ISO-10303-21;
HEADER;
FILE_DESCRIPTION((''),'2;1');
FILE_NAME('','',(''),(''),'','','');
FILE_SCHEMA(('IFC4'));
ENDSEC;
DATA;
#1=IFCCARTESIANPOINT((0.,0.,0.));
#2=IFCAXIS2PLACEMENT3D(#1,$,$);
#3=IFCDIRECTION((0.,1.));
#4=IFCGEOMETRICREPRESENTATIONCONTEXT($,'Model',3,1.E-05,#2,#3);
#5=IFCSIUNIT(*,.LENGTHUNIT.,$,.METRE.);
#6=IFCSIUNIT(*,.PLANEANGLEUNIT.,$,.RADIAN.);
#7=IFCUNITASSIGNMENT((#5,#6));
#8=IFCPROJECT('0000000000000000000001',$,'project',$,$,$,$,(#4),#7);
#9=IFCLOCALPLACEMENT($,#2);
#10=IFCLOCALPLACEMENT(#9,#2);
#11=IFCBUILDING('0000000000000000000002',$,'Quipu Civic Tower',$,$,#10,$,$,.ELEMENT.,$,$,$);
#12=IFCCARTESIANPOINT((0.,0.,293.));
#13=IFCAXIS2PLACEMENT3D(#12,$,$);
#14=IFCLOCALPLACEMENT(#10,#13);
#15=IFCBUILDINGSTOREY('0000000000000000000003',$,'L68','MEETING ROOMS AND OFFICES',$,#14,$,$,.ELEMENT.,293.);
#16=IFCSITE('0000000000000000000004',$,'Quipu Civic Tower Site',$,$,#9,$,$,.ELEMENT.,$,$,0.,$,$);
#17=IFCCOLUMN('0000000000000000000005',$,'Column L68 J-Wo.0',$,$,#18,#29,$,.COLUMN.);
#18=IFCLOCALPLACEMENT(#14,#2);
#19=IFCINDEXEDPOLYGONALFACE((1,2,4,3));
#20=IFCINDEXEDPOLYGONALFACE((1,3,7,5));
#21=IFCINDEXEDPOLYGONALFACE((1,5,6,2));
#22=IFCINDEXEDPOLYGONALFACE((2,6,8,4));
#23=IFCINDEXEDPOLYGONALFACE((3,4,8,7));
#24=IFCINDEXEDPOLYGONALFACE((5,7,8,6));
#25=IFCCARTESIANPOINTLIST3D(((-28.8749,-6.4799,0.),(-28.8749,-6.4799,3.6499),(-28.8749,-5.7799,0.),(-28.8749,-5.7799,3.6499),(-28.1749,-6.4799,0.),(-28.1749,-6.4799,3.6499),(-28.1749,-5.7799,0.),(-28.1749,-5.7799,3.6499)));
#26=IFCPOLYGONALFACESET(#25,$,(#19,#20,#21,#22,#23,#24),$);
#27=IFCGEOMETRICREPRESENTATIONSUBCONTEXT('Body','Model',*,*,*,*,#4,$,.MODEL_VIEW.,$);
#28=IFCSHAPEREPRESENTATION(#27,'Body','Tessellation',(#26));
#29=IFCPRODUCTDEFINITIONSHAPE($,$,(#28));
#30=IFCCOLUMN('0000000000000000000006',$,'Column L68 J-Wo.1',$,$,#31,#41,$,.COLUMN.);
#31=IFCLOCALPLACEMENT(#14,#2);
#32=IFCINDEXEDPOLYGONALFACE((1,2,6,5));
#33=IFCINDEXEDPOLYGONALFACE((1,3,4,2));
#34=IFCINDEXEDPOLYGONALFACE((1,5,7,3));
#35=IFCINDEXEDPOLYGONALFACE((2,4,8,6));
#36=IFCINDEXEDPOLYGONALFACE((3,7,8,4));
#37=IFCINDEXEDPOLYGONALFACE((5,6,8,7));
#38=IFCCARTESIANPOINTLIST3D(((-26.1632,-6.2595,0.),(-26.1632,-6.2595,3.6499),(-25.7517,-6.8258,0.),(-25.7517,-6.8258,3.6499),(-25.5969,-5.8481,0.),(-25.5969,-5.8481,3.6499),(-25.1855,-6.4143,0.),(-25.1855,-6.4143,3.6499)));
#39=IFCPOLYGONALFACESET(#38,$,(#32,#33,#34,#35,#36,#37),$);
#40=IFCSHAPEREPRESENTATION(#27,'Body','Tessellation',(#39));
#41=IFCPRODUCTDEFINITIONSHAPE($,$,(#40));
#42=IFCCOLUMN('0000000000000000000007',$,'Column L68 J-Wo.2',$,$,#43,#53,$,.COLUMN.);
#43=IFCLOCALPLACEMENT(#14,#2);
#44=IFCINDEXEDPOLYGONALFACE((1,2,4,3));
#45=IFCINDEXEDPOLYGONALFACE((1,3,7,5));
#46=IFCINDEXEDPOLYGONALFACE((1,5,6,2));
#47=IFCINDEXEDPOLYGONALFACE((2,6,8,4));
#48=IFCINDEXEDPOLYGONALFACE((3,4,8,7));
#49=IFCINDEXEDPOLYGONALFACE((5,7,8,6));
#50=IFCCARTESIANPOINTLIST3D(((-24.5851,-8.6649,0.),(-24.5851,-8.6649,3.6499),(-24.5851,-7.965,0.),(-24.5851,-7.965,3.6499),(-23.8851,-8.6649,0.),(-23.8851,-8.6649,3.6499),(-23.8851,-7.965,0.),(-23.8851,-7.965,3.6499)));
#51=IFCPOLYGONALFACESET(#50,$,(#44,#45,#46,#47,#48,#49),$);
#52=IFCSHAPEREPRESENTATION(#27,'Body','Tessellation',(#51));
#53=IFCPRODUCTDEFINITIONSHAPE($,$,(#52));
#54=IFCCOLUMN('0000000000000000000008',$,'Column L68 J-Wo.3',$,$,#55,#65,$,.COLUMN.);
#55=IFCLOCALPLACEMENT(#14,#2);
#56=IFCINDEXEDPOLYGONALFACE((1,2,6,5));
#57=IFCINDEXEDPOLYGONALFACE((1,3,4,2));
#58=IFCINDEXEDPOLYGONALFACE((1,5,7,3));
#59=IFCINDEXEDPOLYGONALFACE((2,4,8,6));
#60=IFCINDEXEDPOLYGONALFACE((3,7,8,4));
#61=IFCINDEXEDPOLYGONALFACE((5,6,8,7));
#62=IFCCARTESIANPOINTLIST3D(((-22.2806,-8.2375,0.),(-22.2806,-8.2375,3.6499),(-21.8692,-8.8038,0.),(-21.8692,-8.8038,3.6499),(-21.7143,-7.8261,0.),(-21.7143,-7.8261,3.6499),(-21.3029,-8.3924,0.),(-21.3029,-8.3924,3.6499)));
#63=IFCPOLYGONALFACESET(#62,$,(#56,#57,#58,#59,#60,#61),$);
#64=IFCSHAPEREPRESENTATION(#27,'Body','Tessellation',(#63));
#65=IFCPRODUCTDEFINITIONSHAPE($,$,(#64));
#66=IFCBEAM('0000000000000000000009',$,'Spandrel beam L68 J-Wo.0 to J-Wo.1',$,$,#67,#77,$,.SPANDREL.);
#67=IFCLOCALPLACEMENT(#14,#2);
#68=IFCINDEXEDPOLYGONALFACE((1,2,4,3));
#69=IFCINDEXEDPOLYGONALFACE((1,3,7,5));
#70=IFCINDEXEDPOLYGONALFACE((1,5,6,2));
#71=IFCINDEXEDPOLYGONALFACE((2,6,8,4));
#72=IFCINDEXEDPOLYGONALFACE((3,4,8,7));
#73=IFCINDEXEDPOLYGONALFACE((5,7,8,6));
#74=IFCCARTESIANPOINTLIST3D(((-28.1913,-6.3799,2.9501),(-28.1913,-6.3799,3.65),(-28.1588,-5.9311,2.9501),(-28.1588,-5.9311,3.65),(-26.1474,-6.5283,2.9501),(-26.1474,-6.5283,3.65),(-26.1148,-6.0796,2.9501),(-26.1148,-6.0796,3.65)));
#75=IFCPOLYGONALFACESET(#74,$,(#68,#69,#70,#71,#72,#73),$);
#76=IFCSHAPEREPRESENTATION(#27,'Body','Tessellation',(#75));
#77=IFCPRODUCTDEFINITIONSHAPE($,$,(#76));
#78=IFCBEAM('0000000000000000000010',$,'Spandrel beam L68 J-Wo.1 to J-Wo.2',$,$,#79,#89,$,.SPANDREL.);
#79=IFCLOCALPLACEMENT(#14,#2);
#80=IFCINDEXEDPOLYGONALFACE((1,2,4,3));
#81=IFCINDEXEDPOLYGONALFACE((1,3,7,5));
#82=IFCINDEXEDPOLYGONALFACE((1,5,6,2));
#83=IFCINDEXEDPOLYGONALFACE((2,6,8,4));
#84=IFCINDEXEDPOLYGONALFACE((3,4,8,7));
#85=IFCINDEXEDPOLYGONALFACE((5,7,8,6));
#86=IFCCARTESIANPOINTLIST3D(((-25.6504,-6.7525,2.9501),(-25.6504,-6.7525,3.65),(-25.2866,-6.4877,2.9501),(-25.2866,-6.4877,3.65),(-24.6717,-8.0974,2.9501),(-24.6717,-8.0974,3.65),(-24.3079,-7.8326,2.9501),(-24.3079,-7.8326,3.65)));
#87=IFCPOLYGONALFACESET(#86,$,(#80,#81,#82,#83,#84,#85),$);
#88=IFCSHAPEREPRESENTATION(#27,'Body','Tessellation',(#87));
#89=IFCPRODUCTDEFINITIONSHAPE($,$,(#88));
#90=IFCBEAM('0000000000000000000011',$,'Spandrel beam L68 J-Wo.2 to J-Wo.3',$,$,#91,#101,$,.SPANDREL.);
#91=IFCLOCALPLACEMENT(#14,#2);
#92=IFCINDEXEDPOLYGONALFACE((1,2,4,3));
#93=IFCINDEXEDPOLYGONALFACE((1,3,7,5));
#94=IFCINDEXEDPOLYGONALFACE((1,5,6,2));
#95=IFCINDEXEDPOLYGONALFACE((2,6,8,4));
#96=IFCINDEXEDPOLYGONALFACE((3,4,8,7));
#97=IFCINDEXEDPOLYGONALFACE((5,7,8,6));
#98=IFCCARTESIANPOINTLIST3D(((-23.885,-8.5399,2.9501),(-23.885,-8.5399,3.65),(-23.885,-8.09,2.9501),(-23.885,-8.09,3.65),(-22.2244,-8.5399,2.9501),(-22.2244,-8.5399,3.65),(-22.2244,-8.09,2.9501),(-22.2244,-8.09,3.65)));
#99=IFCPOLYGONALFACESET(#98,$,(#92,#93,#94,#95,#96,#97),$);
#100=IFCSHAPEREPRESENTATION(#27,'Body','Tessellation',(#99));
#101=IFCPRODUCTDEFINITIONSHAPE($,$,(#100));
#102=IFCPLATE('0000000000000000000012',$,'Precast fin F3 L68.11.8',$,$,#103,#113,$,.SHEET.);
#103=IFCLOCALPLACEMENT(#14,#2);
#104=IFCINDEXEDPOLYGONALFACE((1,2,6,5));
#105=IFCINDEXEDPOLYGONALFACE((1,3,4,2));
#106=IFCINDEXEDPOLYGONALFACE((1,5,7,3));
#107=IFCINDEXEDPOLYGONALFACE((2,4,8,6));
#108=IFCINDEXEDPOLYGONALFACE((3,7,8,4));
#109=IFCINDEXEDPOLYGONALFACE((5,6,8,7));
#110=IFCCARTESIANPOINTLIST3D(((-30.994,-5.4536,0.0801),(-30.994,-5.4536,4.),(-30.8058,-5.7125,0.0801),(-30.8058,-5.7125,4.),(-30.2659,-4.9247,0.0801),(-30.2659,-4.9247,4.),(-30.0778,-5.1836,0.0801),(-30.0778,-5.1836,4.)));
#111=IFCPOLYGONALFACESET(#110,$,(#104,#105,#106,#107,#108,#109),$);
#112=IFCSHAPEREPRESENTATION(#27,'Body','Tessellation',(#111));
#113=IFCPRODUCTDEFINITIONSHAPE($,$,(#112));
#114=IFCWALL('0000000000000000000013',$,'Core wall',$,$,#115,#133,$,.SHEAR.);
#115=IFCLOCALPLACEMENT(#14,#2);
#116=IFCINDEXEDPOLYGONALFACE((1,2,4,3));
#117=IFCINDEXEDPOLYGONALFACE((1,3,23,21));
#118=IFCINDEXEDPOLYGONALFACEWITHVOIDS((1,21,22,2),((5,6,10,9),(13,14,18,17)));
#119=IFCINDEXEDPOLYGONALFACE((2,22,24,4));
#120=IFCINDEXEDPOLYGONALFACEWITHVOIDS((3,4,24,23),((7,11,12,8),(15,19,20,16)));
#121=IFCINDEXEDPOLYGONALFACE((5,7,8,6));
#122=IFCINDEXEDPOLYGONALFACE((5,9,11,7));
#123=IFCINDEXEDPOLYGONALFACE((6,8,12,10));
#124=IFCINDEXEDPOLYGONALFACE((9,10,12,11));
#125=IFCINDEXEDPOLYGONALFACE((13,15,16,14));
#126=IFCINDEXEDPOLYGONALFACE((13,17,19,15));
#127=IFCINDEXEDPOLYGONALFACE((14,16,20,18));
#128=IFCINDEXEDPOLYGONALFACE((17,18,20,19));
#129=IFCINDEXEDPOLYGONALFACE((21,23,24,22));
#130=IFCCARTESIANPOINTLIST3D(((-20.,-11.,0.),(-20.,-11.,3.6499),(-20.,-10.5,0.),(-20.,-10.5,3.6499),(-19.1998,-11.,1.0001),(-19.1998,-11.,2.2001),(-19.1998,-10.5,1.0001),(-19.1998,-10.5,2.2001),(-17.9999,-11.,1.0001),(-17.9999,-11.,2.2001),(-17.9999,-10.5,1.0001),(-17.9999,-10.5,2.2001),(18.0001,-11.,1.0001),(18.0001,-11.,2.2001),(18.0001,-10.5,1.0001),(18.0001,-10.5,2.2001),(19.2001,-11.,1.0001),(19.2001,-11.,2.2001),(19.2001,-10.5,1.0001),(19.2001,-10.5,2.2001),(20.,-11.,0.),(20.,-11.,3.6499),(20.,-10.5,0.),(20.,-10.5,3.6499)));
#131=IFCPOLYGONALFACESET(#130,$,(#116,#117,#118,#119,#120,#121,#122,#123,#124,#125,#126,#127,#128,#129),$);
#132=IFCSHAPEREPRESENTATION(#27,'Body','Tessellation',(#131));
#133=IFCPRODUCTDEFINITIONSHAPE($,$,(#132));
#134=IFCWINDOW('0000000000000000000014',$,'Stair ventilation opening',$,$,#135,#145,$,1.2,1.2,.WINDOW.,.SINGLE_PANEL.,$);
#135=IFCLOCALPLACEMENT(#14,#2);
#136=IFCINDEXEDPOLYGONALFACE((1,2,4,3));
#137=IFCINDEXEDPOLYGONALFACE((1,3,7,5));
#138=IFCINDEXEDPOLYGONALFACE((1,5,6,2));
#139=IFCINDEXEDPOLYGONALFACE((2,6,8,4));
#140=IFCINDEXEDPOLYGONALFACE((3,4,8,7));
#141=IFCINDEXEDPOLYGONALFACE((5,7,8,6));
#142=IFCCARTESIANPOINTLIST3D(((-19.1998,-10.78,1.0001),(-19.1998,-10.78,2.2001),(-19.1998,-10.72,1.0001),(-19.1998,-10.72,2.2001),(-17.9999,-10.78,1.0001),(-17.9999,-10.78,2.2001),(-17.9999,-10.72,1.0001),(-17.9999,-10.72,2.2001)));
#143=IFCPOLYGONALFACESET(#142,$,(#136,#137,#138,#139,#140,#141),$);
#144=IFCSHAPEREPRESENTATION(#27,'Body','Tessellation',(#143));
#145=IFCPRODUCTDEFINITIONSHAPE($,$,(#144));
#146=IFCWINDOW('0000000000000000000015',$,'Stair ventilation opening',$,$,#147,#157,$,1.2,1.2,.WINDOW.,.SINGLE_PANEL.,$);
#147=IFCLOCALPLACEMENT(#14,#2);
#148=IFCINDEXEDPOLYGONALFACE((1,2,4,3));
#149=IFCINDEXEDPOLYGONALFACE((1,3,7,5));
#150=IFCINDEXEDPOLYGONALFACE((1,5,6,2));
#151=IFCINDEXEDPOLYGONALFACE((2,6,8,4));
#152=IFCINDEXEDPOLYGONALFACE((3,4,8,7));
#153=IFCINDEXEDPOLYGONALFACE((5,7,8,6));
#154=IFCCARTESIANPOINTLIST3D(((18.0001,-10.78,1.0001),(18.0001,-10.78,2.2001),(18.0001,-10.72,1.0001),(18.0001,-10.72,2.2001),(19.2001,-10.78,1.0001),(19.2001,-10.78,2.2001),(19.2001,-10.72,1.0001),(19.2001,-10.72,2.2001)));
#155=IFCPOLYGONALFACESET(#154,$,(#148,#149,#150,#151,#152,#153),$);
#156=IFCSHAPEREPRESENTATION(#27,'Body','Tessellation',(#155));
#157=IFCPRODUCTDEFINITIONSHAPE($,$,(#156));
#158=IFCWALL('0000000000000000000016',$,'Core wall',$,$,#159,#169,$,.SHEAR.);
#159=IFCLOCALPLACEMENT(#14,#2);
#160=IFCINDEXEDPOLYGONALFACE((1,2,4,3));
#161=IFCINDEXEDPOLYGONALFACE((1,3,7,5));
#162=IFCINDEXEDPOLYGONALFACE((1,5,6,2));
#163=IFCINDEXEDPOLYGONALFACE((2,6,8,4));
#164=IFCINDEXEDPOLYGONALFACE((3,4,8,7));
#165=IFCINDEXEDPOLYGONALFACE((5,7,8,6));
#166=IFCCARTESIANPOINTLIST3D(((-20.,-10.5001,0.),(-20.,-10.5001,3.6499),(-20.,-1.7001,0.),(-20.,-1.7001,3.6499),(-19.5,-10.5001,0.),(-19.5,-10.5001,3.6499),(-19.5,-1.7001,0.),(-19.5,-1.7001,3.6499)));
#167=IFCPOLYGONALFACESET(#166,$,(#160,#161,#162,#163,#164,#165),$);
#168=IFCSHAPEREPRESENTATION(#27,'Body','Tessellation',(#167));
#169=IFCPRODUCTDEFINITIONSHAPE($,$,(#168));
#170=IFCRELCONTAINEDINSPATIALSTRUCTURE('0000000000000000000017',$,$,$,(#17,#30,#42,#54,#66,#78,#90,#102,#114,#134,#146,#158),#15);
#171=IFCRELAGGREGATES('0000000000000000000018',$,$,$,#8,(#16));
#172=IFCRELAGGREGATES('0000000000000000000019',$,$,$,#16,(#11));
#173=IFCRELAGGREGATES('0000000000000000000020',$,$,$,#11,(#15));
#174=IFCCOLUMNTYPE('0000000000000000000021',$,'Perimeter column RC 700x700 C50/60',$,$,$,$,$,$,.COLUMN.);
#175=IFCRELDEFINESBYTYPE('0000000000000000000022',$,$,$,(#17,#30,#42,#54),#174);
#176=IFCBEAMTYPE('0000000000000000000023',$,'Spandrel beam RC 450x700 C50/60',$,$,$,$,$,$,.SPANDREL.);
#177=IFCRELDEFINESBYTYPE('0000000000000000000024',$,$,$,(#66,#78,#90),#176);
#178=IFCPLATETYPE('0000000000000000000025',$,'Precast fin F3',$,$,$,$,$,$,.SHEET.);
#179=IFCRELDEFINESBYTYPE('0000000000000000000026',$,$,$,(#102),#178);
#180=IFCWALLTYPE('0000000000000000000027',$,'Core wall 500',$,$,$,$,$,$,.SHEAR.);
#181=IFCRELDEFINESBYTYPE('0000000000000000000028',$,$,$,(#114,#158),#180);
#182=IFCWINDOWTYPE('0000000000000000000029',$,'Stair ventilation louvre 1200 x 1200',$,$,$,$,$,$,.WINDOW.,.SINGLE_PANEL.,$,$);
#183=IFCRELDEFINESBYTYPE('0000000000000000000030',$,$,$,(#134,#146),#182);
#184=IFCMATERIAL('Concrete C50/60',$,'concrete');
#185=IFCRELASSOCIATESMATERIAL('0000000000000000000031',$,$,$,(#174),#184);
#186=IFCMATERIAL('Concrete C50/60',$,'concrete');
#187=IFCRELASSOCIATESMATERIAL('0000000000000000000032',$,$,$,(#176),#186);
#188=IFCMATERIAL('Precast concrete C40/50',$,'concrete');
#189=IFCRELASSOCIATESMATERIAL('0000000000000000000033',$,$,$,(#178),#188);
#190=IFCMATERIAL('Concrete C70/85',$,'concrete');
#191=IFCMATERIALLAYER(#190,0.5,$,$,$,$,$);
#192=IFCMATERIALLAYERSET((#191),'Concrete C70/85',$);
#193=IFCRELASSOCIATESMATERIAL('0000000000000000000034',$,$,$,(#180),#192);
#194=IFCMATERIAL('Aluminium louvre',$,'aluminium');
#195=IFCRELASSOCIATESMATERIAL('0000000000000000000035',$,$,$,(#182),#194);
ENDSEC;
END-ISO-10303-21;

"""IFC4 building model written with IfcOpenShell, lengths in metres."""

from ifc_helpers import new_model, si_unit, direction, frame, frame_2d, origin, origin_2d, place, context, subcontext, project, spatial, rectangle, extrude, material, layer, layer_set, material_profile, profile_set, type_object, element, fill, save


model = new_model("IFC4")

# Units and contexts
model_context = context("Model", 3, precision=1e-05, world=origin(), true_north=direction((0.0, 1.0)))
body_context = subcontext(model_context, "Body", "Model", "MODEL_VIEW")
ifc_project = project(units=[si_unit("LENGTHUNIT", "METRE"), si_unit("PLANEANGLEUNIT", "RADIAN")], contexts=[model_context])

# Site, building, storey
site_placement = place(None, origin())
site = spatial("IfcSite", under=ifc_project, at=site_placement, Name="Quipu Civic Tower Site", CompositionType="ELEMENT", RefElevation=0.0)
building_placement = place(site_placement, origin())
building = spatial("IfcBuilding", under=site, at=building_placement, Name="Quipu Civic Tower", CompositionType="ELEMENT")
storey_placement = place(building_placement, frame((0.0, 0.0, 293.0)))
storey = spatial("IfcBuildingStorey", under=building, at=storey_placement, Name="L68", Description="MEETING ROOMS AND OFFICES", CompositionType="ELEMENT", Elevation=293.0)

# Columns
ifc_material_1 = material(Name="Concrete C50/60", Category="concrete")
ifc_material_profile_1 = material_profile(ifc_material_1, rectangle(XDim=0.7, YDim=0.7, at=origin_2d()), Name="RC700x700")
ifc_profile_set_1 = profile_set([ifc_material_profile_1], Name="Concrete C50/60")
column_type = type_object("IfcColumnType", Name="Perimeter column RC 700x700 C50/60", PredefinedType="COLUMN", material=ifc_profile_set_1)
for number, where, z_axis, x_axis, name in (
    (1, (-28.5249, -6.1299, 0.0), (0.0, 0.0, 1.0), (1.0, 0.0, 0.0), "Column L68 J-Wo.0"),
    (2, (-25.6743, -6.3369, 0.0), (0.0, 0.0, 1.0), (0.587785, -0.809017, 0.0), "Column L68 J-Wo.1"),
    (3, (-24.2351, -8.3149, 0.0), (0.0, 0.0, 1.0), (1.0, 0.0, 0.0), "Column L68 J-Wo.2"),
    (4, (-21.7917, -8.3149, 0.0), (0.0, 0.0, 1.0), (0.587785, -0.809017, 0.0), "Column L68 J-Wo.3"),
):
    element("IfcColumn", number, at=place(storey_placement, frame(where, z_axis=z_axis, x_axis=x_axis)), inside=storey, type_object=column_type, Name=name, PredefinedType="COLUMN", context=body_context, shape_type="SweptSolid", body=[
        extrude(rectangle(XDim=0.7, YDim=0.7, at=origin_2d()), origin(), (0.0, 0.0, 1.0), 3.6499),
    ])

# Beams
ifc_material_2 = material(Name="Concrete C50/60", Category="concrete")
ifc_material_profile_2 = material_profile(ifc_material_2, rectangle(XDim=0.45, YDim=0.7, at=origin_2d()), Name="RC450x700")
ifc_profile_set_2 = profile_set([ifc_material_profile_2], Name="Concrete C50/60")
beam_type = type_object("IfcBeamType", Name="Spandrel beam RC 450x700 C50/60", PredefinedType="SPANDREL", material=ifc_profile_set_2)
beam_1_placement = place(storey_placement, frame((-28.175, -6.1555, 3.3), z_axis=(0.997373, -0.072432, 0.0), x_axis=(0.072432, 0.997373, 0.0)))
element("IfcBeam", 5, at=beam_1_placement, inside=storey, type_object=beam_type, Name="Spandrel beam L68 J-Wo.0 to J-Wo.1", PredefinedType="SPANDREL", context=body_context, shape_type="SweptSolid", body=[
    extrude(rectangle(XDim=0.45, YDim=0.7, at=origin_2d()), origin(), (0.0, 0.0, 1.0), 2.0493),
])
beam_2_placement = place(storey_placement, frame((-25.4685, -6.6201, 3.3), z_axis=(0.588407, -0.808565, 0.0), x_axis=(0.808565, 0.588407, 0.0)))
element("IfcBeam", 6, at=beam_2_placement, inside=storey, type_object=beam_type, Name="Spandrel beam L68 J-Wo.1 to J-Wo.2", PredefinedType="SPANDREL", context=body_context, shape_type="SweptSolid", body=[
    extrude(rectangle(XDim=0.45, YDim=0.7, at=origin_2d()), origin(), (0.0, 0.0, 1.0), 1.6633),
])
beam_3_placement = place(storey_placement, frame((-23.885, -8.3149, 3.3), z_axis=(1.0, 0.0, 0.0), x_axis=(0.0, 1.0, 0.0)))
element("IfcBeam", 7, at=beam_3_placement, inside=storey, type_object=beam_type, Name="Spandrel beam L68 J-Wo.2 to J-Wo.3", PredefinedType="SPANDREL", context=body_context, shape_type="SweptSolid", body=[
    extrude(rectangle(XDim=0.45, YDim=0.7, at=origin_2d()), origin(), (0.0, 0.0, 1.0), 1.6606),
])

# Plate
ifc_material_3 = material(Name="Precast concrete C40/50", Category="concrete")
plate_type = type_object("IfcPlateType", Name="Precast fin F3", PredefinedType="SHEET", material=ifc_material_3)
plate_placement = place(storey_placement, frame((-30.5359, -5.3186, 0.0801), z_axis=(0.0, 0.0, 1.0), x_axis=(0.587787, -0.809016, 0.0)))
element("IfcPlate", 8, at=plate_placement, inside=storey, type_object=plate_type, Name="Precast fin F3 L68.11.8", PredefinedType="SHEET", context=body_context, shape_type="SweptSolid", body=[
    extrude(rectangle(XDim=0.3201, YDim=0.8999, at=origin_2d()), origin(), (0.0, 0.0, 1.0), 3.9199),
])

# Wall, openings, windows
ifc_material_4 = material(Name="Concrete C70/85", Category="concrete")
ifc_layer_1 = layer(ifc_material_4, 0.5)
ifc_layer_set_1 = layer_set([ifc_layer_1], Name="Concrete C70/85")
wall_type_1 = type_object("IfcWallType", Name="Core wall 500", PredefinedType="SHEAR", material=ifc_layer_set_1)
wall_1_placement = place(storey_placement, frame((-20.0, -10.75, 0.0), z_axis=(0.0, 0.0, 1.0), x_axis=(1.0, 0.0, 0.0)))
wall_1 = element("IfcWall", 9, at=wall_1_placement, inside=storey, type_object=wall_type_1, Name="Core wall", PredefinedType="SHEAR", context=body_context, shape_type="SweptSolid", body=[
    extrude(rectangle(XDim=40.0, YDim=0.5, at=frame_2d((20.0, 0.0))), origin(), (0.0, 0.0, 1.0), 3.6499),
])
opening_1_placement = place(wall_1_placement, frame((0.8, 0.0, 1.0)))
opening_1 = element("IfcOpeningElement", 10, at=opening_1_placement, cuts=wall_1, PredefinedType="OPENING", context=body_context, shape_type="SweptSolid", body=[
    extrude(rectangle(XDim=1.2, YDim=1.2, at=frame_2d((0.6001, 0.6001))), frame((0.0, 0.26, 0.0), z_axis=(0.0, -1.0, 0.0), x_axis=(1.0, 0.0, 0.0)), (0.0, 0.0, 1.0), 0.52),
])
opening_2_placement = place(wall_1_placement, frame((38.0, 0.0, 1.0)))
opening_2 = element("IfcOpeningElement", 11, at=opening_2_placement, cuts=wall_1, PredefinedType="OPENING", context=body_context, shape_type="SweptSolid", body=[
    extrude(rectangle(XDim=1.2, YDim=1.2, at=frame_2d((0.6001, 0.6001))), frame((0.0, 0.26, 0.0), z_axis=(0.0, -1.0, 0.0), x_axis=(1.0, 0.0, 0.0)), (0.0, 0.0, 1.0), 0.52),
])
ifc_material_5 = material(Name="Aluminium louvre", Category="aluminium")
window_type = type_object("IfcWindowType", Name="Stair ventilation louvre 1200 x 1200", PartitioningType="SINGLE_PANEL", PredefinedType="WINDOW", material=ifc_material_5)
window_1_placement = place(opening_1_placement, origin())
window_1 = element("IfcWindow", 12, at=window_1_placement, inside=storey, type_object=window_type, Name="Stair ventilation opening", OverallHeight=1.2, OverallWidth=1.2, PartitioningType="SINGLE_PANEL", PredefinedType="WINDOW", context=body_context, shape_type="SweptSolid", body=[
    extrude(rectangle(XDim=1.2, YDim=1.2, at=frame_2d((0.6001, 0.6001))), frame((0.0, 0.03, 0.0), z_axis=(0.0, -1.0, 0.0), x_axis=(1.0, 0.0, 0.0)), (0.0, 0.0, 1.0), 0.0601),
])
fill(opening_1, window_1)
window_2_placement = place(opening_2_placement, origin())
window_2 = element("IfcWindow", 13, at=window_2_placement, inside=storey, type_object=window_type, Name="Stair ventilation opening", OverallHeight=1.2, OverallWidth=1.2, PartitioningType="SINGLE_PANEL", PredefinedType="WINDOW", context=body_context, shape_type="SweptSolid", body=[
    extrude(rectangle(XDim=1.2, YDim=1.2, at=frame_2d((0.6001, 0.6001))), frame((0.0, 0.03, 0.0), z_axis=(0.0, -1.0, 0.0), x_axis=(1.0, 0.0, 0.0)), (0.0, 0.0, 1.0), 0.0601),
])
fill(opening_2, window_2)

# Wall
wall_2_placement = place(storey_placement, frame((-19.75, -10.5, 0.0), z_axis=(0.0, 0.0, 1.0), x_axis=(0.0, 1.0, 0.0)))
element("IfcWall", 14, at=wall_2_placement, inside=storey, type_object=wall_type_1, Name="Core wall", PredefinedType="SHEAR", context=body_context, shape_type="SweptSolid", body=[
    extrude(rectangle(XDim=8.8, YDim=0.5, at=frame_2d((4.3999, 0.0))), origin(), (0.0, 0.0, 1.0), 3.6499),
])

save(model, "model.ifc")
